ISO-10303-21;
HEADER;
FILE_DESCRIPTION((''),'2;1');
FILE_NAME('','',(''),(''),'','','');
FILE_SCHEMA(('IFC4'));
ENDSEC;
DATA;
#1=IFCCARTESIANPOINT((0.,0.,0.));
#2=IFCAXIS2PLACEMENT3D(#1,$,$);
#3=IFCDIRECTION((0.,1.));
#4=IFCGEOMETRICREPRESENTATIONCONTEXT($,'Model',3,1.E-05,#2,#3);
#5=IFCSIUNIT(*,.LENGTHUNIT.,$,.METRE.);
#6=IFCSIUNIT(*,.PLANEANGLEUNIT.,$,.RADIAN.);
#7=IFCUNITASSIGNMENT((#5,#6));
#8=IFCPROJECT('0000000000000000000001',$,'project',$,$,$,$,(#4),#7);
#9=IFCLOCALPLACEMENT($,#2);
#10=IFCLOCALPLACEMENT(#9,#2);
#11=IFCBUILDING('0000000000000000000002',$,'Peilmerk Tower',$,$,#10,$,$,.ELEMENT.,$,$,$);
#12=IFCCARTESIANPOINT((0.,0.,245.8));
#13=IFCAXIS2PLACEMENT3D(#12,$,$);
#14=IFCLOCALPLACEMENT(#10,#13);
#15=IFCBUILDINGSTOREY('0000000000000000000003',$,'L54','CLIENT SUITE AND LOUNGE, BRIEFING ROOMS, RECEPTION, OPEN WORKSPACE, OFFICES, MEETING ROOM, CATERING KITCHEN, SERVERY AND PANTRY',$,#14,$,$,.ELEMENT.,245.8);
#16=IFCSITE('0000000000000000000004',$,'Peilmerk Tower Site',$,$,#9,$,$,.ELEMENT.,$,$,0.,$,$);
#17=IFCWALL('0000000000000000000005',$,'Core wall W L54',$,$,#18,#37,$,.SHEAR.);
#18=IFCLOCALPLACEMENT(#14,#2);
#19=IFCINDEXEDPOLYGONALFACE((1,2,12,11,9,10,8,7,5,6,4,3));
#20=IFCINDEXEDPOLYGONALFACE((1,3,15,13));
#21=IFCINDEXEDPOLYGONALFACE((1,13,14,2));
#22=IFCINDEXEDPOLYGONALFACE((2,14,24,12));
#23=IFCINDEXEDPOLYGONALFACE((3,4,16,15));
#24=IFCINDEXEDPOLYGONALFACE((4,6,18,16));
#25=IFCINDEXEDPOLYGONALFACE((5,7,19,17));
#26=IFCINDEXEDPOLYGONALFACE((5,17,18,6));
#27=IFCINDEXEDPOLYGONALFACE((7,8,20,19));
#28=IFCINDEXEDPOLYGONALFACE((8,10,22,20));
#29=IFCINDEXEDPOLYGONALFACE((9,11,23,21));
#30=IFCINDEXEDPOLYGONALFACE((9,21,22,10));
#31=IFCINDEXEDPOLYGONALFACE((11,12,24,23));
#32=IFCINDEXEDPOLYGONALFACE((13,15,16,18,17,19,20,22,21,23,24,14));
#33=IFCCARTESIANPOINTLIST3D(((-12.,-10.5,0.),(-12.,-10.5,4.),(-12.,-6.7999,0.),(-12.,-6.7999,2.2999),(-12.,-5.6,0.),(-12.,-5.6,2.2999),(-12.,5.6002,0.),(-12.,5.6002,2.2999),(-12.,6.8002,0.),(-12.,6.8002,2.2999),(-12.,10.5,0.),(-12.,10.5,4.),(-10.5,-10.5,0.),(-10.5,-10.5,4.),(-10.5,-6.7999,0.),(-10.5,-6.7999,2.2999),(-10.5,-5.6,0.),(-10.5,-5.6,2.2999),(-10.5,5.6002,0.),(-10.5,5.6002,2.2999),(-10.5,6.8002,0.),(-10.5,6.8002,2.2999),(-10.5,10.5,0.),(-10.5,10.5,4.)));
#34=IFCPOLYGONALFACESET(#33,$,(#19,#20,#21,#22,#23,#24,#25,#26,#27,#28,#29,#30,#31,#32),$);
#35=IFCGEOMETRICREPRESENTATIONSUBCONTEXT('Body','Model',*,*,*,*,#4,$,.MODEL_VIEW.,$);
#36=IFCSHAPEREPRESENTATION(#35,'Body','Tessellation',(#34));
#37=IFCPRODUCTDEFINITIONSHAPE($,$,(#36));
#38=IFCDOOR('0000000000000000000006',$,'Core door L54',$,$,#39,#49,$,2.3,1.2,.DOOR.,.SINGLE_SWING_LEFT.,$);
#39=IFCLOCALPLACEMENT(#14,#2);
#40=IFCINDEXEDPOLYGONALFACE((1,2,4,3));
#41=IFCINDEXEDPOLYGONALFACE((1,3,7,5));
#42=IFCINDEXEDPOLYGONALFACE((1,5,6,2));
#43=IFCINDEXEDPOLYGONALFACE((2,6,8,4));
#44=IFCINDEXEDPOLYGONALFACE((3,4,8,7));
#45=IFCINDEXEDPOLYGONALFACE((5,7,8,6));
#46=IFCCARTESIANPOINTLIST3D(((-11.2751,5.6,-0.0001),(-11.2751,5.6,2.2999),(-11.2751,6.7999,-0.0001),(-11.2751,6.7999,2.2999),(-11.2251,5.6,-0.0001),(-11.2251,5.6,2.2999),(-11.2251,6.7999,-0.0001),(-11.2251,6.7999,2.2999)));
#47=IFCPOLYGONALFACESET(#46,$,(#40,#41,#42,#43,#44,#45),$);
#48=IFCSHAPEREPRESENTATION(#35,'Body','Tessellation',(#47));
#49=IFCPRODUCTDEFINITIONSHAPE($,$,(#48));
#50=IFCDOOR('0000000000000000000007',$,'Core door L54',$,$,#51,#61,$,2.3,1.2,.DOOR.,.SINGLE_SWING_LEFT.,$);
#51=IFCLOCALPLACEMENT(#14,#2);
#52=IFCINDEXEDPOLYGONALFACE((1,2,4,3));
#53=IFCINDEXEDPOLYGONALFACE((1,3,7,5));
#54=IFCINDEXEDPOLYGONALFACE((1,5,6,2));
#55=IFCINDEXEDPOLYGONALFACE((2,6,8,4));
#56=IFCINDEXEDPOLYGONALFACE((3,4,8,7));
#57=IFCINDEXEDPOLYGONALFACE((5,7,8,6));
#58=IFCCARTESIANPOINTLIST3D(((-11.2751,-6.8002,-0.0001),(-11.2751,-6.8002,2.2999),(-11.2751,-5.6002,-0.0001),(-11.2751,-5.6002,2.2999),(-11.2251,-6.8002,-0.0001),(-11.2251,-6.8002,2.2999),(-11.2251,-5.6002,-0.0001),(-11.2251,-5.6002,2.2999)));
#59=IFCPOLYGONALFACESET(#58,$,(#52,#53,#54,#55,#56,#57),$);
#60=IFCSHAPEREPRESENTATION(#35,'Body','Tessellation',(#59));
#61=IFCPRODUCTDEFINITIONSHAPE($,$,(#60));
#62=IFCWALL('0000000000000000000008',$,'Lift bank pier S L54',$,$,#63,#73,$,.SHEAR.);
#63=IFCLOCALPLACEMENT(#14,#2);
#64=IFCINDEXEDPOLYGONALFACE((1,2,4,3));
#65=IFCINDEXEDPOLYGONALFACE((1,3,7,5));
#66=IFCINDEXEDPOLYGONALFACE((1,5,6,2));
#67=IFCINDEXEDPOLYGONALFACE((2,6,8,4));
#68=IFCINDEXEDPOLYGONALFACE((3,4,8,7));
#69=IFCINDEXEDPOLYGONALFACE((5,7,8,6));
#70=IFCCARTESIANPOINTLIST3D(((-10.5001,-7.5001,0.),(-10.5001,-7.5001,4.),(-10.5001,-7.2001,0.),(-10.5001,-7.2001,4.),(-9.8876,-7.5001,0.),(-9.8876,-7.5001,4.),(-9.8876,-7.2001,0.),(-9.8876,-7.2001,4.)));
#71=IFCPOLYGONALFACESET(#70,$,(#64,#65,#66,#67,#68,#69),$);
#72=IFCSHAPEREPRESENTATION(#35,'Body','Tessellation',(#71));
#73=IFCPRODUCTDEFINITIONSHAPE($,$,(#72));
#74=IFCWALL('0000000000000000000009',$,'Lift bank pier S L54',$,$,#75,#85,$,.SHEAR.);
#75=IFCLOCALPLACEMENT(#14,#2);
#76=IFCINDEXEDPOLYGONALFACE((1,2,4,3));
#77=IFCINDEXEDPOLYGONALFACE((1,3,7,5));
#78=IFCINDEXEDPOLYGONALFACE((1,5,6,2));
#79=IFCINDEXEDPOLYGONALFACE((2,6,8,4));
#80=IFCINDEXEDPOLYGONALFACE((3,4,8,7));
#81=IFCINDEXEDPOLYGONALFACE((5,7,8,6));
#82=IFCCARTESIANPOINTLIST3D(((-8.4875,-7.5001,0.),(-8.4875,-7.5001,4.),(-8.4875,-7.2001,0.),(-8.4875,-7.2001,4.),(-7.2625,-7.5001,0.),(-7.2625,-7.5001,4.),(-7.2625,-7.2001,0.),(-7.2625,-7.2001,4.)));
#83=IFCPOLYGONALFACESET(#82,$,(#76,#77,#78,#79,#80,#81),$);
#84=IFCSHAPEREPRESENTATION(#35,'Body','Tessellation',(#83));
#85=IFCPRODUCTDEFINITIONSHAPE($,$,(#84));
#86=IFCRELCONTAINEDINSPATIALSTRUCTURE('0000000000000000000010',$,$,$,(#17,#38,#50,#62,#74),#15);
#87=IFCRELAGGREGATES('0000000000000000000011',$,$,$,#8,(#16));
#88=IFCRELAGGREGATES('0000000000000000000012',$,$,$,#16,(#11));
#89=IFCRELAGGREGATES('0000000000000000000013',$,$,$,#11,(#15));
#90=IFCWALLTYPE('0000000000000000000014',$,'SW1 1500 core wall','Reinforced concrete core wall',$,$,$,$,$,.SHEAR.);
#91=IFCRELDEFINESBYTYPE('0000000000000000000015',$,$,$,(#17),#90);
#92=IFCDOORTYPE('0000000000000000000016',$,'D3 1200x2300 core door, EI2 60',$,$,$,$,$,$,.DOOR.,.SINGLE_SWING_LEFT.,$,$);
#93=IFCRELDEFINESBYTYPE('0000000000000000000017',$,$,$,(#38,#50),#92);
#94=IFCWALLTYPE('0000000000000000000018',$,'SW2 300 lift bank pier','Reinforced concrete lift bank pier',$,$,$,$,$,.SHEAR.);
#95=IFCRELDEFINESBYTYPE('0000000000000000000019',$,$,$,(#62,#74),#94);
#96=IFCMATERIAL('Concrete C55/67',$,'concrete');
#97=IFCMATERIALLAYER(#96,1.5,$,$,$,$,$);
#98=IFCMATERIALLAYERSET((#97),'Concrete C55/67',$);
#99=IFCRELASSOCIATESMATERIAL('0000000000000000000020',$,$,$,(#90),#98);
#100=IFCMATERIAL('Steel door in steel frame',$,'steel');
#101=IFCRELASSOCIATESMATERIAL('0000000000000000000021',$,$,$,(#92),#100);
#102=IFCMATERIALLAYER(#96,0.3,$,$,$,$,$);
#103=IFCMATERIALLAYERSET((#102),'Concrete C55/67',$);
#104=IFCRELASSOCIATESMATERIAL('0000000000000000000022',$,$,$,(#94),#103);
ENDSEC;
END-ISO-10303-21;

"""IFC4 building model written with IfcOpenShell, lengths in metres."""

from ifc_helpers import new_model, si_unit, direction, frame, frame_2d, origin, place, context, subcontext, project, spatial, rectangle, extrude, material, layer, layer_set, type_object, element, fill, save


model = new_model("IFC4")

# Units and contexts
model_context = context("Model", 3, precision=1e-05, world=origin(), true_north=direction((0.0, 1.0)))
body_context = subcontext(model_context, "Body", "Model", "MODEL_VIEW")
ifc_project = project(units=[si_unit("LENGTHUNIT", "METRE"), si_unit("PLANEANGLEUNIT", "RADIAN")], contexts=[model_context])

# Site, building, storey
site_placement = place(None, origin())
site = spatial("IfcSite", under=ifc_project, at=site_placement, Name="Peilmerk Tower Site", CompositionType="ELEMENT", RefElevation=0.0)
building_placement = place(site_placement, origin())
building = spatial("IfcBuilding", under=site, at=building_placement, Name="Peilmerk Tower", CompositionType="ELEMENT")
storey_placement = place(building_placement, frame((0.0, 0.0, 245.8)))
storey = spatial("IfcBuildingStorey", under=building, at=storey_placement, Name="L54", Description="CLIENT SUITE AND LOUNGE, BRIEFING ROOMS, RECEPTION, OPEN WORKSPACE, OFFICES, MEETING ROOM, CATERING KITCHEN, SERVERY AND PANTRY", CompositionType="ELEMENT", Elevation=245.8)

# Wall, openings, doors
ifc_material_1 = material(Name="Concrete C55/67", Category="concrete")
ifc_layer_1 = layer(ifc_material_1, 1.5)
ifc_layer_set_1 = layer_set([ifc_layer_1], Name="Concrete C55/67")
wall_type_1 = type_object("IfcWallType", Name="SW1 1500 core wall", Description="Reinforced concrete core wall", PredefinedType="SHEAR", material=ifc_layer_set_1)
wall_1_placement = place(storey_placement, frame((-11.25, -10.5, 0.0), z_axis=(0.0, 0.0, 1.0), x_axis=(0.0, 1.0, 0.0)))
wall_1 = element("IfcWall", 1, at=wall_1_placement, inside=storey, type_object=wall_type_1, Name="Core wall W L54", PredefinedType="SHEAR", context=body_context, shape_type="SweptSolid", body=[
    extrude(rectangle(XDim=21.0, YDim=1.5, at=frame_2d((10.5, 0.0))), origin(), (0.0, 0.0, 1.0), 4.0),
])
opening_1_placement = place(wall_1_placement, frame((16.1001, 0.0, 0.0)))
opening_1 = element("IfcOpeningElement", 2, at=opening_1_placement, cuts=wall_1, PredefinedType="OPENING", context=body_context, shape_type="SweptSolid", body=[
    extrude(rectangle(XDim=1.2, YDim=2.3, at=frame_2d((0.6001, 1.1499))), frame((0.0, 0.76, 0.0), z_axis=(0.0, -1.0, 0.0), x_axis=(1.0, 0.0, 0.0)), (0.0, 0.0, 1.0), 1.52),
])
opening_2_placement = place(wall_1_placement, frame((3.7, 0.0, 0.0)))
opening_2 = element("IfcOpeningElement", 3, at=opening_2_placement, cuts=wall_1, PredefinedType="OPENING", context=body_context, shape_type="SweptSolid", body=[
    extrude(rectangle(XDim=1.2, YDim=2.3, at=frame_2d((0.6001, 1.1499))), frame((0.0, 0.76, 0.0), z_axis=(0.0, -1.0, 0.0), x_axis=(1.0, 0.0, 0.0)), (0.0, 0.0, 1.0), 1.52),
])
ifc_material_2 = material(Name="Steel door in steel frame", Category="steel")
door_type_1 = type_object("IfcDoorType", Name="D3 1200x2300 core door, EI2 60", OperationType="SINGLE_SWING_LEFT", PredefinedType="DOOR", material=ifc_material_2)
door_1_placement = place(opening_1_placement, frame((1.2, 0.0, 0.0), z_axis=(0.0, 0.0, 1.0), x_axis=(-1.0, 0.0, 0.0)))
door_1 = element("IfcDoor", 4, at=door_1_placement, inside=storey, type_object=door_type_1, Name="Core door L54", OperationType="SINGLE_SWING_LEFT", OverallHeight=2.3, OverallWidth=1.2, PredefinedType="DOOR", context=body_context, shape_type="SweptSolid", body=[
    extrude(rectangle(XDim=1.2, YDim=2.3, at=frame_2d((0.6001, 1.1499))), frame((0.0, 0.0249, 0.0), z_axis=(0.0, -1.0, 0.0), x_axis=(1.0, 0.0, 0.0)), (0.0, 0.0, 1.0), 0.05),
])
fill(opening_1, door_1)
door_2_placement = place(opening_2_placement, frame((1.2, 0.0, 0.0), z_axis=(0.0, 0.0, 1.0), x_axis=(-1.0, 0.0, 0.0)))
door_2 = element("IfcDoor", 5, at=door_2_placement, inside=storey, type_object=door_type_1, Name="Core door L54", OperationType="SINGLE_SWING_LEFT", OverallHeight=2.3, OverallWidth=1.2, PredefinedType="DOOR", context=body_context, shape_type="SweptSolid", body=[
    extrude(rectangle(XDim=1.2, YDim=2.3, at=frame_2d((0.6001, 1.1499))), frame((0.0, 0.0249, 0.0), z_axis=(0.0, -1.0, 0.0), x_axis=(1.0, 0.0, 0.0)), (0.0, 0.0, 1.0), 0.05),
])
fill(opening_2, door_2)

# Walls
ifc_layer_2 = layer(ifc_material_1, 0.3)
ifc_layer_set_2 = layer_set([ifc_layer_2], Name="Concrete C55/67")
wall_type_2 = type_object("IfcWallType", Name="SW2 300 lift bank pier", Description="Reinforced concrete lift bank pier", PredefinedType="SHEAR", material=ifc_layer_set_2)
wall_2_placement = place(storey_placement, frame((-10.5, -7.3501, 0.0), z_axis=(0.0, 0.0, 1.0), x_axis=(1.0, 0.0, 0.0)))
element("IfcWall", 6, at=wall_2_placement, inside=storey, type_object=wall_type_2, Name="Lift bank pier S L54", PredefinedType="SHEAR", context=body_context, shape_type="SweptSolid", body=[
    extrude(rectangle(XDim=0.6125, YDim=0.3, at=frame_2d((0.3062, 0.0))), origin(), (0.0, 0.0, 1.0), 4.0),
])
wall_3_placement = place(storey_placement, frame((-8.4875, -7.3501, 0.0), z_axis=(0.0, 0.0, 1.0), x_axis=(1.0, 0.0, 0.0)))
element("IfcWall", 7, at=wall_3_placement, inside=storey, type_object=wall_type_2, Name="Lift bank pier S L54", PredefinedType="SHEAR", context=body_context, shape_type="SweptSolid", body=[
    extrude(rectangle(XDim=1.2251, YDim=0.3, at=frame_2d((0.6125, 0.0))), origin(), (0.0, 0.0, 1.0), 4.0),
])

save(model, "model.ifc")
